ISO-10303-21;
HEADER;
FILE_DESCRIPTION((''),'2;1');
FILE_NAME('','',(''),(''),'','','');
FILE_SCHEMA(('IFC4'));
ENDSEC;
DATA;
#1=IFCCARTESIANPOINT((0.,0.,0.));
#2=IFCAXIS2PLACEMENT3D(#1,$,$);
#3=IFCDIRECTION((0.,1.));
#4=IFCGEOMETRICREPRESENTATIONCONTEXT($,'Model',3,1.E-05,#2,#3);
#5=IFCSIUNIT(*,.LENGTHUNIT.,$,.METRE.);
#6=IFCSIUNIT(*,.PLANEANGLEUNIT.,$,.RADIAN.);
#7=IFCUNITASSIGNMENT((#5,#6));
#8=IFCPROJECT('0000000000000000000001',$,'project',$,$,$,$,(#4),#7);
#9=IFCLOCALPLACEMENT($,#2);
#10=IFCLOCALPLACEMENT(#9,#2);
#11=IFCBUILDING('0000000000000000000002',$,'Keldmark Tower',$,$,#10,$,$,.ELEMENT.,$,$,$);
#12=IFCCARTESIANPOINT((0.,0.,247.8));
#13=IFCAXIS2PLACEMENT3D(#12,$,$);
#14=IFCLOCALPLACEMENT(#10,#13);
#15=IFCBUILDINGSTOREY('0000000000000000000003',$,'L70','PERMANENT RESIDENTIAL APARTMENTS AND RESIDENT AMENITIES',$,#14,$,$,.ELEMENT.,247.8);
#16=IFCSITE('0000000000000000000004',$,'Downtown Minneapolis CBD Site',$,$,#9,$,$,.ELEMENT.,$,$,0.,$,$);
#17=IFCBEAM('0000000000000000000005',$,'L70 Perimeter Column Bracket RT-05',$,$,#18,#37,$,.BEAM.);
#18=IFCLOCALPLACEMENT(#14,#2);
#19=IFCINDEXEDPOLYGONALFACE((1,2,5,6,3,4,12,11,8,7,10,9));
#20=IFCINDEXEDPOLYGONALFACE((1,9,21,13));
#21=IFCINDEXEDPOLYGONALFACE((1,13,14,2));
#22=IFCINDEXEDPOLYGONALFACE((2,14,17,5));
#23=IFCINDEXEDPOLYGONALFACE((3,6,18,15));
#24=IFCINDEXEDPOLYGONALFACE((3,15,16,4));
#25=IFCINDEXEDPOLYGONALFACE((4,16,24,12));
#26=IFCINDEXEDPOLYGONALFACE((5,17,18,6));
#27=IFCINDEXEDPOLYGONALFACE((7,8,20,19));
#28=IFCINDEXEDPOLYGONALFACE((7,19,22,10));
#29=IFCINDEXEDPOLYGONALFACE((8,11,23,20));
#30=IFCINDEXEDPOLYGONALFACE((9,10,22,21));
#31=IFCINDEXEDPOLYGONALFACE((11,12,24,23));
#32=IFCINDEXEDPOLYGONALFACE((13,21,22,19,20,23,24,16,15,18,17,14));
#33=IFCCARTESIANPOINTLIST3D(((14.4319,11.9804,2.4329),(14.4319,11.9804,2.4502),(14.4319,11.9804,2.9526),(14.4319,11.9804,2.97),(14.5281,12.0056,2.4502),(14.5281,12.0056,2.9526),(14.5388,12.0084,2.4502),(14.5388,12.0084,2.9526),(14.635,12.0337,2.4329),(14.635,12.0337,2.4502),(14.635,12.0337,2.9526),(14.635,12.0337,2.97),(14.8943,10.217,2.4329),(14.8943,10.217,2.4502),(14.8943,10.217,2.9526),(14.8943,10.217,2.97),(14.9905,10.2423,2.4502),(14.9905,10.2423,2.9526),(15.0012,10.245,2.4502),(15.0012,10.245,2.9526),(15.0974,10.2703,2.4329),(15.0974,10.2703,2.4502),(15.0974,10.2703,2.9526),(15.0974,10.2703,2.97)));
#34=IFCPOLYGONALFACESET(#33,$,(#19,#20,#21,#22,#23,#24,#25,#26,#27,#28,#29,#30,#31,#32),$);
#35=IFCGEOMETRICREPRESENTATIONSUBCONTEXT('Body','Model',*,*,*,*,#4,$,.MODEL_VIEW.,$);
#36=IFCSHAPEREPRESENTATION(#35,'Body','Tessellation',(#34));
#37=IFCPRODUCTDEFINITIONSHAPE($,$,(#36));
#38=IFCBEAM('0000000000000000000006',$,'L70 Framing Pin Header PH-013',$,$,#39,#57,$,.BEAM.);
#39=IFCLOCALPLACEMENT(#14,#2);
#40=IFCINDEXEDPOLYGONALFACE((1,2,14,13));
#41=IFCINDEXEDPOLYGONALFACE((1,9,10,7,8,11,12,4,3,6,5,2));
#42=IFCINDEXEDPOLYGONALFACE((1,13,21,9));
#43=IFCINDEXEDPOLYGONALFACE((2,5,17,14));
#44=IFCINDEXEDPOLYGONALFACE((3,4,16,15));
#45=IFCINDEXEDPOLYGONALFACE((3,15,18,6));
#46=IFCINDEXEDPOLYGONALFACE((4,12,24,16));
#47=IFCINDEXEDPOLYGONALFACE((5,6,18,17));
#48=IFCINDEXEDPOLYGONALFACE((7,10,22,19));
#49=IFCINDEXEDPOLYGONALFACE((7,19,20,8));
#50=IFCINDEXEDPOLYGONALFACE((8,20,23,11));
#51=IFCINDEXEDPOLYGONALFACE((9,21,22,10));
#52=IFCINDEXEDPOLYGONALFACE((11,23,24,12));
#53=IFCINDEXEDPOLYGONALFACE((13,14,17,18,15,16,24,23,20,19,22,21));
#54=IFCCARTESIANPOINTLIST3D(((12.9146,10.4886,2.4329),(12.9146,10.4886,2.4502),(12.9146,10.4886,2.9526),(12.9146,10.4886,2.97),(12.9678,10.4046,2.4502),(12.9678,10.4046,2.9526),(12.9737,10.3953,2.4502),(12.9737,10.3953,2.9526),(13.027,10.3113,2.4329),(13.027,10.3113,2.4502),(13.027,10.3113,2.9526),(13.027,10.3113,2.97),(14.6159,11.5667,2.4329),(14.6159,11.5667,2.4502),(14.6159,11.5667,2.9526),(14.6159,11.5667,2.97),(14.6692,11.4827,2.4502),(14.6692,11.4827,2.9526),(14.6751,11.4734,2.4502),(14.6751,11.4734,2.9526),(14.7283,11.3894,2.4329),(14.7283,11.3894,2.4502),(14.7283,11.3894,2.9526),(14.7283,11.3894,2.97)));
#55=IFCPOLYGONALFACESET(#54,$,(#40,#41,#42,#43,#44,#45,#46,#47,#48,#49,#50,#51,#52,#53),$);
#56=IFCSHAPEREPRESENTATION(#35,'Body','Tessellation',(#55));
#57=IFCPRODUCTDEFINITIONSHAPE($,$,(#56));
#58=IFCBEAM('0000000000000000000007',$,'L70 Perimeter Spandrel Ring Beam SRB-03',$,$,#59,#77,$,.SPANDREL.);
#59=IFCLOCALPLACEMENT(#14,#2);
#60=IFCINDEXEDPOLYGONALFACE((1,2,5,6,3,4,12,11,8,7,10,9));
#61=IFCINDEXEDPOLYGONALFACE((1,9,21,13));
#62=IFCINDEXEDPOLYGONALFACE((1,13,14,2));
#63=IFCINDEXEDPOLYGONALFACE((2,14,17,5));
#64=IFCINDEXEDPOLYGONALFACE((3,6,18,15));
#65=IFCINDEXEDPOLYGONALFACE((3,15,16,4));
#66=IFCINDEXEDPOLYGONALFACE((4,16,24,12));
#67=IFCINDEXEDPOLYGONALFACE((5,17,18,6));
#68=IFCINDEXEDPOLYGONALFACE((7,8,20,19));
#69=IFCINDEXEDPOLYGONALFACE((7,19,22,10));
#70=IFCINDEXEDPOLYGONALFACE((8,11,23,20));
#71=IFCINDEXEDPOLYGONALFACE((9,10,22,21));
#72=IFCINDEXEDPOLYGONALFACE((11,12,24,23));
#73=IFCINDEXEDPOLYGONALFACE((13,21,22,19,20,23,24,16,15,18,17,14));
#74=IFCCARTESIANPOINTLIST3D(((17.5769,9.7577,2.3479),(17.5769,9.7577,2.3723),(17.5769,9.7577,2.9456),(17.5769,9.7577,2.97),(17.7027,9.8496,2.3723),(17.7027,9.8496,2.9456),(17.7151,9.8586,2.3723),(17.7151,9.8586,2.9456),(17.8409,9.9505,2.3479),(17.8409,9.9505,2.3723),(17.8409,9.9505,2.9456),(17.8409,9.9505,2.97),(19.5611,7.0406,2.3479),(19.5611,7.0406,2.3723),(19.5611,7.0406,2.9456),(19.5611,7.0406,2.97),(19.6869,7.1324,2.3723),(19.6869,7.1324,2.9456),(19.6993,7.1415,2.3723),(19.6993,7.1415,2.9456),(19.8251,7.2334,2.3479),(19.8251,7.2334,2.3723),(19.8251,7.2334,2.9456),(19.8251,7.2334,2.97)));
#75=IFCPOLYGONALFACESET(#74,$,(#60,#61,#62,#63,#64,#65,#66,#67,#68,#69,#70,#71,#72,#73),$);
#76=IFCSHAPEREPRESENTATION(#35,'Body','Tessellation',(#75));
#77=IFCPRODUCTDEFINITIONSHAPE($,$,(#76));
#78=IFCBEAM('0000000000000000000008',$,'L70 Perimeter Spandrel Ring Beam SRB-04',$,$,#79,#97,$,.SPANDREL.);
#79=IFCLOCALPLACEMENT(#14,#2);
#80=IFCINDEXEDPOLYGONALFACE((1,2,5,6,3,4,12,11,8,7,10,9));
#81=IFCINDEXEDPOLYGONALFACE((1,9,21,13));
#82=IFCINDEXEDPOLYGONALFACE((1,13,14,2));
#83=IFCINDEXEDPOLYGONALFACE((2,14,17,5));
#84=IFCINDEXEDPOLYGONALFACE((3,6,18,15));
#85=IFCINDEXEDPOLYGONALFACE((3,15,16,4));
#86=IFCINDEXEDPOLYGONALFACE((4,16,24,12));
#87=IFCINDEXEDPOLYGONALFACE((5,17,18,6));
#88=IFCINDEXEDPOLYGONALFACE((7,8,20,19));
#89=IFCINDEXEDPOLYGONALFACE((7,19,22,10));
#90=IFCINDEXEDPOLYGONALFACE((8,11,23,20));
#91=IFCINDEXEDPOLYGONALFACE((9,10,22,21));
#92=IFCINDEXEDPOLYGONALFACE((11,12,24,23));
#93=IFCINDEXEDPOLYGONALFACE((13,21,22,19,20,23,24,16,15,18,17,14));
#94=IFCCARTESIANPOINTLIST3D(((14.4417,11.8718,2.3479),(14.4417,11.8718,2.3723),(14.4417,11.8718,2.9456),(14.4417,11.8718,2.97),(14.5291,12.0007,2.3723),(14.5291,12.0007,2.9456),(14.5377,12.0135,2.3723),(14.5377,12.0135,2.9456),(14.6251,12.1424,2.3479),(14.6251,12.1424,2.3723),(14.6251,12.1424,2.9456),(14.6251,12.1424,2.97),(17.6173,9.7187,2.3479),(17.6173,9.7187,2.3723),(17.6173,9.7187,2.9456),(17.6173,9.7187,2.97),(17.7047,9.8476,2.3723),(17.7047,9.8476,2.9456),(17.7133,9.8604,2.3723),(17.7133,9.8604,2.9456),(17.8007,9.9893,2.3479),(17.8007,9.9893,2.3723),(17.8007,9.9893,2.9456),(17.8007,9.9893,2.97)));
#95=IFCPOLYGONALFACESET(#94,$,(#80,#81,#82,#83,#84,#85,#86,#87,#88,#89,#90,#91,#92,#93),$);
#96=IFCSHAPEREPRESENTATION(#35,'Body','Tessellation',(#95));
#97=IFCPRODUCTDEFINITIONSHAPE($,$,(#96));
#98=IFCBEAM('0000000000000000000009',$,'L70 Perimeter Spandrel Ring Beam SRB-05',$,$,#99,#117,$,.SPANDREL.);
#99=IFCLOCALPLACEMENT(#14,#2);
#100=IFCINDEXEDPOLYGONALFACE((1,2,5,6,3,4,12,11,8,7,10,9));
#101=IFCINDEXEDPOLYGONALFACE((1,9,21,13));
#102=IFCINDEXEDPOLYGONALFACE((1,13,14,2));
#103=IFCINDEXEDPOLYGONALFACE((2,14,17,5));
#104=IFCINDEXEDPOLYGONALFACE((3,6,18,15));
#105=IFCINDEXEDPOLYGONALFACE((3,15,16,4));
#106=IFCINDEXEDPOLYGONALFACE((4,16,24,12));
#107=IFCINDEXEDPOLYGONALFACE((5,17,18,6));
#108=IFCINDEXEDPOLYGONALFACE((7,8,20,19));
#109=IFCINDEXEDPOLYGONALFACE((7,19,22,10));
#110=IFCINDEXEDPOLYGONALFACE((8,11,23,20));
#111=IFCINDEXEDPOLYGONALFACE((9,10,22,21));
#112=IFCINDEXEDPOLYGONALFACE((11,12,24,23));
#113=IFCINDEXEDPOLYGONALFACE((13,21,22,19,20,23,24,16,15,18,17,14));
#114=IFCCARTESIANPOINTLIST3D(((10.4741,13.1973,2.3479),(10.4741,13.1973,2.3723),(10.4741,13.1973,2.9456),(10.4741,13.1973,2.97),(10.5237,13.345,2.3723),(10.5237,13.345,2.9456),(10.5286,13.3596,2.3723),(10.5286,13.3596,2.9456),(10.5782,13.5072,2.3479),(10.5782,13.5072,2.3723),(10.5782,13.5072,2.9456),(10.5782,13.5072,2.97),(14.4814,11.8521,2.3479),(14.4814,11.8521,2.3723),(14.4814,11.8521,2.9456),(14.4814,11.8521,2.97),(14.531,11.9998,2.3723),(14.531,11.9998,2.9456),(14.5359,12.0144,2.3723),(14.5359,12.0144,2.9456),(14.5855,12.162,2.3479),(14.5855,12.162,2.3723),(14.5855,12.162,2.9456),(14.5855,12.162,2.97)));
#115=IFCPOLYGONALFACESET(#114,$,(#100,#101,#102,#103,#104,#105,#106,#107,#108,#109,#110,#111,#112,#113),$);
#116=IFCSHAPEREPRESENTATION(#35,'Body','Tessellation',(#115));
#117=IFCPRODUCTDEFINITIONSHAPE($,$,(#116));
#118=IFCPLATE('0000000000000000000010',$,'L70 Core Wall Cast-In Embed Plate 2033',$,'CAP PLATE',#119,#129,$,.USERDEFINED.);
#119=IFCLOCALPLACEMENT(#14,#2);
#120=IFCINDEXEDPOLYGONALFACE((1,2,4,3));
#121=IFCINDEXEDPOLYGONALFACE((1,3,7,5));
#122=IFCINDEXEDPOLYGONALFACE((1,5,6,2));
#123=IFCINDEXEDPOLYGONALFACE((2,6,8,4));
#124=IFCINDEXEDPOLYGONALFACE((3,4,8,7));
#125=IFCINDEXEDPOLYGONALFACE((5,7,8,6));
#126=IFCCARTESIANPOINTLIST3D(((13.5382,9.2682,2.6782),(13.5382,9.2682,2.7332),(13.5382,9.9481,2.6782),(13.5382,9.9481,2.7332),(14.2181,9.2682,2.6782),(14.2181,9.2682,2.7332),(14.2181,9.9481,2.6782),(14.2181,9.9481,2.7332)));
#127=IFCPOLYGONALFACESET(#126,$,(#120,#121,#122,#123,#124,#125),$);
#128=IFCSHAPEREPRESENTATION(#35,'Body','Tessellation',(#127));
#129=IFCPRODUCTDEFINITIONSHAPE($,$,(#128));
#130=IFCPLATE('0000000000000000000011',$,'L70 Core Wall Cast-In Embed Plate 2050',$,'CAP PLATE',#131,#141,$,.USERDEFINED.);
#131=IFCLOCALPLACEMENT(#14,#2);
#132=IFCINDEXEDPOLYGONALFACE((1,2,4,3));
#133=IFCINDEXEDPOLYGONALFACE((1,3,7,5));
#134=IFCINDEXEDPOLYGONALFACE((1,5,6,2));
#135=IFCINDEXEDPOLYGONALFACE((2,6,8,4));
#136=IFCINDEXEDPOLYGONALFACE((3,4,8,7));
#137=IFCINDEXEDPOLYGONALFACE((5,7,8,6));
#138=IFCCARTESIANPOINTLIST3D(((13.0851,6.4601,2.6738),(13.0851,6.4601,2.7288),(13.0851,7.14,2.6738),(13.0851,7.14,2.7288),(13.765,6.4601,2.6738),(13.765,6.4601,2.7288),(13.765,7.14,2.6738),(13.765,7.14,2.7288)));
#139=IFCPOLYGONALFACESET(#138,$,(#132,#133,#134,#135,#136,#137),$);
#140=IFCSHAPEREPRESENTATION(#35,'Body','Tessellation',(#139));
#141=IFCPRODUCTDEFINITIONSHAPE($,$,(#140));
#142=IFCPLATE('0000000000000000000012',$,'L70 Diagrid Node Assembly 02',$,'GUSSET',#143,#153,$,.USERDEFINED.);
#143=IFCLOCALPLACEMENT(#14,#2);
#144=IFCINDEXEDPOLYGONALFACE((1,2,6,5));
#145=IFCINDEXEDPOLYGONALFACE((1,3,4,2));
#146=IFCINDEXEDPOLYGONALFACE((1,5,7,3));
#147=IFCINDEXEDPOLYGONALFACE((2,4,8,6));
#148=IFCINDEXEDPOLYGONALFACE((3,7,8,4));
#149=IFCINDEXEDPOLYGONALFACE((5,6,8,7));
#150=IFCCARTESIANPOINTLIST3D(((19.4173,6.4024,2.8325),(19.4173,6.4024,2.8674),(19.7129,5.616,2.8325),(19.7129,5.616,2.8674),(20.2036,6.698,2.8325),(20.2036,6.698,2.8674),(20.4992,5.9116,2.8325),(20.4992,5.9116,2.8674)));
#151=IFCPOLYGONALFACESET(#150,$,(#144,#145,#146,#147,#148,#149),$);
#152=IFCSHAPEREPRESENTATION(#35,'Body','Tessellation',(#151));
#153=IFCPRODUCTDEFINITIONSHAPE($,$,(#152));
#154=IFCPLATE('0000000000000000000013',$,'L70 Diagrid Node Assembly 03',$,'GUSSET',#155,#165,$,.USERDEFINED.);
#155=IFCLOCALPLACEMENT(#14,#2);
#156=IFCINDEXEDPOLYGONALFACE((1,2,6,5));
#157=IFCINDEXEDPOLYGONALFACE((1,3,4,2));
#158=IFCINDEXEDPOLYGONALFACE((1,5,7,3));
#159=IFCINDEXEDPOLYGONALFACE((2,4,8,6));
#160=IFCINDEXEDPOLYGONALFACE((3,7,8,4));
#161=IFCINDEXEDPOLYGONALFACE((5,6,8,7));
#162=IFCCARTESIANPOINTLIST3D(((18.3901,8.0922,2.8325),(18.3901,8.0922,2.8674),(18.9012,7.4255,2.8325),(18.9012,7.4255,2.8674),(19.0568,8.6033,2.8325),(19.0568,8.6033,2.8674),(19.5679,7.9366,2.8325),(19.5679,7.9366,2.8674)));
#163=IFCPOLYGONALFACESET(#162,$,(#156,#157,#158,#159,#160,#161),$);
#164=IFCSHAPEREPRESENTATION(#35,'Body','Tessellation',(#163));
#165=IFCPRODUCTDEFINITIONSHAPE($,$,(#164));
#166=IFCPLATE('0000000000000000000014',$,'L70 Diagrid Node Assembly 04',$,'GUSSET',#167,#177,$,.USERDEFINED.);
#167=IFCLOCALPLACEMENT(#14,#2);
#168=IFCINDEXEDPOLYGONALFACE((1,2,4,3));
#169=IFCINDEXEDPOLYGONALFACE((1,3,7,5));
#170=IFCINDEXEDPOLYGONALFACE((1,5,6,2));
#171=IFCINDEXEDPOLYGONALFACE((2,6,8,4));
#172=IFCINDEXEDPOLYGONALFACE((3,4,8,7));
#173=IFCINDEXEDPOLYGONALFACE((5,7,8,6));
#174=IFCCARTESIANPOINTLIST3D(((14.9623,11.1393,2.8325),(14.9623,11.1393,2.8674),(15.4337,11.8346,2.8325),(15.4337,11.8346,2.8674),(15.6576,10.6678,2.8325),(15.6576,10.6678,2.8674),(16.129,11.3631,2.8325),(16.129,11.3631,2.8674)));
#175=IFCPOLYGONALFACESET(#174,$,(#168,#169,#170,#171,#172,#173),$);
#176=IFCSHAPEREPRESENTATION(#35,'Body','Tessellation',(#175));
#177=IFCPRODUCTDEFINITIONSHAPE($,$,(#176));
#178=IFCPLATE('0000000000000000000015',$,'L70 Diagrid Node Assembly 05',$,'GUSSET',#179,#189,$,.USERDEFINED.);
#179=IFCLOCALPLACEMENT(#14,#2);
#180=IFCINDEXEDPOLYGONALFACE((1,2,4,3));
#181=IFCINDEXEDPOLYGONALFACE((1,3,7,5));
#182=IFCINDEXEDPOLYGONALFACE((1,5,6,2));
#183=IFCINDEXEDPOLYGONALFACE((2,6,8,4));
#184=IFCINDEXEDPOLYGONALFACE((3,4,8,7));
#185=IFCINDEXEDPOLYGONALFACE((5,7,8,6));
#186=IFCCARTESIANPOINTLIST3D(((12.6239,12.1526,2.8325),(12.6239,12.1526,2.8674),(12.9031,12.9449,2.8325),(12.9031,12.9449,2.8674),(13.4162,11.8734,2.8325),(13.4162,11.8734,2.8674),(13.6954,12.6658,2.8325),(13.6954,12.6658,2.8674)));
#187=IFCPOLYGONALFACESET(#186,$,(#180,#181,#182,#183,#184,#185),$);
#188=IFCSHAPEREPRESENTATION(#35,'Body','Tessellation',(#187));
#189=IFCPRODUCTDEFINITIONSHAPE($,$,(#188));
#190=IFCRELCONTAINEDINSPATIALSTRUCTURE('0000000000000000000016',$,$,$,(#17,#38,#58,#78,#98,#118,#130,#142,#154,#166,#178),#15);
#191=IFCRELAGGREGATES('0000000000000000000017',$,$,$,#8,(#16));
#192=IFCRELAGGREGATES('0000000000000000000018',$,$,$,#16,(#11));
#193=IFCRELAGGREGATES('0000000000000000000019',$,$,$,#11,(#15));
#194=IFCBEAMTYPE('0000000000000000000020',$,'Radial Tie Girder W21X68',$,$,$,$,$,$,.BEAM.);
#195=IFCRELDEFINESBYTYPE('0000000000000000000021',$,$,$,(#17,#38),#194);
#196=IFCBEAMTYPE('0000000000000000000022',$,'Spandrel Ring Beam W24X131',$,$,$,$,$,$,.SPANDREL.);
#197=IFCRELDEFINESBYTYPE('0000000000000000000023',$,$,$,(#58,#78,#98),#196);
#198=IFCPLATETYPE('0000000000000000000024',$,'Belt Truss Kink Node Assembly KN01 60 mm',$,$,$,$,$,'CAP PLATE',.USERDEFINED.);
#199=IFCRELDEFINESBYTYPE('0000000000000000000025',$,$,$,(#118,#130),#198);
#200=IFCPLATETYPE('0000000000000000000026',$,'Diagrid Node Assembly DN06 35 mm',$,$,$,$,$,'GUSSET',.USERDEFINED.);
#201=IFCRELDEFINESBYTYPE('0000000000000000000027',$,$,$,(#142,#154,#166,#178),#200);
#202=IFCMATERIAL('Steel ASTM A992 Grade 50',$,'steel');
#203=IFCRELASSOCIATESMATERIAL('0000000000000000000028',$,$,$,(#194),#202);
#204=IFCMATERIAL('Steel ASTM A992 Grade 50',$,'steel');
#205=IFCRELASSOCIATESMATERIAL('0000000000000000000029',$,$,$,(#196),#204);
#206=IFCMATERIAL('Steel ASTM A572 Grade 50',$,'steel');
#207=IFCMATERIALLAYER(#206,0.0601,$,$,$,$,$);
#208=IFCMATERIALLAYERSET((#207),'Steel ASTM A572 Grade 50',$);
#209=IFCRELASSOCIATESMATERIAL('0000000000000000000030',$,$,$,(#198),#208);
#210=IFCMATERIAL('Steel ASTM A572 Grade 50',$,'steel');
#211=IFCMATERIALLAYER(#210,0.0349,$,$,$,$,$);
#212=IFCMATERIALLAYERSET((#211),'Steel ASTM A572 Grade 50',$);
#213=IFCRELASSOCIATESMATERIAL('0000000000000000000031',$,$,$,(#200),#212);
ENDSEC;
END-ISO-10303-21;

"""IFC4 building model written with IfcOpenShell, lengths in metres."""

from ifc_helpers import new_model, si_unit, direction, frame, origin, origin_2d, place, context, subcontext, project, spatial, rectangle, i_section, extrude, material, layer, layer_set, material_profile, profile_set, type_object, element, save


model = new_model("IFC4")

# Units and contexts
model_context = context("Model", 3, precision=1e-05, world=origin(), true_north=direction((0.0, 1.0)))
body_context = subcontext(model_context, "Body", "Model", "MODEL_VIEW")
ifc_project = project(units=[si_unit("LENGTHUNIT", "METRE"), si_unit("PLANEANGLEUNIT", "RADIAN")], contexts=[model_context])

# Site, building, storey
site_placement = place(None, origin())
site = spatial("IfcSite", under=ifc_project, at=site_placement, Name="Downtown Minneapolis CBD Site", CompositionType="ELEMENT", RefElevation=0.0)
building_placement = place(site_placement, origin())
building = spatial("IfcBuilding", under=site, at=building_placement, Name="Keldmark Tower", CompositionType="ELEMENT")
storey_placement = place(building_placement, frame((0.0, 0.0, 247.8)))
storey = spatial("IfcBuildingStorey", under=building, at=storey_placement, Name="L70", Description="PERMANENT RESIDENTIAL APARTMENTS AND RESIDENT AMENITIES", CompositionType="ELEMENT", Elevation=247.8)

# Beams
ifc_material_1 = material(Name="Steel ASTM A992 Grade 50", Category="steel")
ifc_material_profile_1 = material_profile(ifc_material_1, i_section(OverallWidth=0.21, OverallDepth=0.5371, WebThickness=0.011, FlangeThickness=0.0173, at=origin_2d()), Name="W21X68")
ifc_profile_set_1 = profile_set([ifc_material_profile_1], Name="Steel ASTM A992 Grade 50")
beam_type_1 = type_object("IfcBeamType", Name="Radial Tie Girder W21X68", PredefinedType="BEAM", material=ifc_profile_set_1)
beam_1_placement = place(storey_placement, frame((14.9958, 10.2437, 2.7014), z_axis=(-0.253643, 0.967298, 0.0), x_axis=(-0.967298, -0.253643, 0.0)))
element("IfcBeam", 1, at=beam_1_placement, inside=storey, type_object=beam_type_1, Name="L70 Perimeter Column Bracket RT-05", PredefinedType="BEAM", context=body_context, shape_type="SweptSolid", body=[
    extrude(i_section(OverallWidth=0.21, OverallDepth=0.5371, WebThickness=0.011, FlangeThickness=0.0173, at=origin_2d()), origin(), (0.0, 0.0, 1.0), 1.823),
])
beam_2_placement = place(storey_placement, frame((14.6721, 11.478, 2.7014), z_axis=(-0.844693, -0.535251, 0.0), x_axis=(0.535251, -0.844693, 0.0)))
element("IfcBeam", 2, at=beam_2_placement, inside=storey, type_object=beam_type_1, Name="L70 Framing Pin Header PH-013", PredefinedType="BEAM", context=body_context, shape_type="SweptSolid", body=[
    extrude(i_section(OverallWidth=0.21, OverallDepth=0.5371, WebThickness=0.011, FlangeThickness=0.0173, at=origin_2d()), origin(), (0.0, 0.0, 1.0), 2.0142),
])
ifc_material_2 = material(Name="Steel ASTM A992 Grade 50", Category="steel")
ifc_material_profile_2 = material_profile(ifc_material_2, i_section(OverallWidth=0.3269, OverallDepth=0.6221, WebThickness=0.0154, FlangeThickness=0.0244, at=origin_2d()), Name="W24X131")
ifc_profile_set_2 = profile_set([ifc_material_profile_2], Name="Steel ASTM A992 Grade 50")
beam_type_2 = type_object("IfcBeamType", Name="Spandrel Ring Beam W24X131", PredefinedType="SPANDREL", material=ifc_profile_set_2)
beam_3_placement = place(storey_placement, frame((19.6931, 7.137, 2.6589), z_axis=(-0.589745, 0.807589, 0.0), x_axis=(-0.807589, -0.589745, 0.0)))
element("IfcBeam", 3, at=beam_3_placement, inside=storey, type_object=beam_type_2, Name="L70 Perimeter Spandrel Ring Beam SRB-03", PredefinedType="SPANDREL", context=body_context, shape_type="SweptSolid", body=[
    extrude(i_section(OverallWidth=0.3269, OverallDepth=0.6221, WebThickness=0.0154, FlangeThickness=0.0244, at=origin_2d()), origin(), (0.0, 0.0, 1.0), 3.3645),
])
beam_4_placement = place(storey_placement, frame((17.709, 9.854, 2.6589), z_axis=(-0.827688, 0.561189, 0.0), x_axis=(-0.561189, -0.827688, 0.0)))
element("IfcBeam", 4, at=beam_4_placement, inside=storey, type_object=beam_type_2, Name="L70 Perimeter Spandrel Ring Beam SRB-04", PredefinedType="SPANDREL", context=body_context, shape_type="SweptSolid", body=[
    extrude(i_section(OverallWidth=0.3269, OverallDepth=0.6221, WebThickness=0.0154, FlangeThickness=0.0244, at=origin_2d()), origin(), (0.0, 0.0, 1.0), 3.8367),
])
beam_5_placement = place(storey_placement, frame((14.5334, 12.0071, 2.6589), z_axis=(-0.948011, 0.318237, 0.0), x_axis=(-0.318237, -0.948011, 0.0)))
element("IfcBeam", 5, at=beam_5_placement, inside=storey, type_object=beam_type_2, Name="L70 Perimeter Spandrel Ring Beam SRB-05", PredefinedType="SPANDREL", context=body_context, shape_type="SweptSolid", body=[
    extrude(i_section(OverallWidth=0.3269, OverallDepth=0.6221, WebThickness=0.0154, FlangeThickness=0.0244, at=origin_2d()), origin(), (0.0, 0.0, 1.0), 4.2271),
])

# Plates
ifc_material_3 = material(Name="Steel ASTM A572 Grade 50", Category="steel")
ifc_layer_1 = layer(ifc_material_3, 0.0601)
ifc_layer_set_1 = layer_set([ifc_layer_1], Name="Steel ASTM A572 Grade 50")
plate_type_1 = type_object("IfcPlateType", Name="Belt Truss Kink Node Assembly KN01 60 mm", ElementType="CAP PLATE", PredefinedType="USERDEFINED", material=ifc_layer_set_1)
for number, where, z_axis, x_axis, name in (
    (6, (13.8782, 9.6082, 2.6782), (0.0, 0.0, 1.0), (1.0, 0.0, 0.0), "L70 Core Wall Cast-In Embed Plate 2033"),
    (7, (13.425, 6.8, 2.6738), (0.0, 0.0, 1.0), (1.0, 0.0, 0.0), "L70 Core Wall Cast-In Embed Plate 2050"),
):
    element("IfcPlate", number, at=place(storey_placement, frame(where, z_axis=z_axis, x_axis=x_axis)), inside=storey, type_object=plate_type_1, Name=name, ObjectType="CAP PLATE", PredefinedType="USERDEFINED", context=body_context, shape_type="SweptSolid", body=[
        extrude(rectangle(XDim=0.6799, YDim=0.6799, at=origin_2d()), origin(), (0.0, 0.0, 1.0), 0.0549),
    ])
ifc_material_4 = material(Name="Steel ASTM A572 Grade 50", Category="steel")
ifc_layer_2 = layer(ifc_material_4, 0.0349)
ifc_layer_set_2 = layer_set([ifc_layer_2], Name="Steel ASTM A572 Grade 50")
plate_type_2 = type_object("IfcPlateType", Name="Diagrid Node Assembly DN06 35 mm", ElementType="GUSSET", PredefinedType="USERDEFINED", material=ifc_layer_set_2)
for number, where, z_axis, x_axis, name in (
    (8, (19.9583, 6.157, 2.8325), (0.0, 0.0, 1.0), (-0.351842, 0.93606, 0.0), "L70 Diagrid Node Assembly 02"),
    (9, (18.979, 8.0144, 2.8325), (0.0, 0.0, 1.0), (-0.608346, 0.793672, 0.0), "L70 Diagrid Node Assembly 03"),
    (10, (15.5457, 11.2512, 2.8325), (0.0, 0.0, 1.0), (-0.827669, 0.561217, 0.0), "L70 Diagrid Node Assembly 04"),
    (11, (13.1597, 12.4092, 2.8325), (0.0, 0.0, 1.0), (-0.943165, 0.332326, 0.0), "L70 Diagrid Node Assembly 05"),
):
    element("IfcPlate", number, at=place(storey_placement, frame(where, z_axis=z_axis, x_axis=x_axis)), inside=storey, type_object=plate_type_2, Name=name, ObjectType="GUSSET", PredefinedType="USERDEFINED", context=body_context, shape_type="SweptSolid", body=[
        extrude(rectangle(XDim=0.8401, YDim=0.8401, at=origin_2d()), origin(), (0.0, 0.0, 1.0), 0.0349),
    ])

save(model, "model.ifc")
